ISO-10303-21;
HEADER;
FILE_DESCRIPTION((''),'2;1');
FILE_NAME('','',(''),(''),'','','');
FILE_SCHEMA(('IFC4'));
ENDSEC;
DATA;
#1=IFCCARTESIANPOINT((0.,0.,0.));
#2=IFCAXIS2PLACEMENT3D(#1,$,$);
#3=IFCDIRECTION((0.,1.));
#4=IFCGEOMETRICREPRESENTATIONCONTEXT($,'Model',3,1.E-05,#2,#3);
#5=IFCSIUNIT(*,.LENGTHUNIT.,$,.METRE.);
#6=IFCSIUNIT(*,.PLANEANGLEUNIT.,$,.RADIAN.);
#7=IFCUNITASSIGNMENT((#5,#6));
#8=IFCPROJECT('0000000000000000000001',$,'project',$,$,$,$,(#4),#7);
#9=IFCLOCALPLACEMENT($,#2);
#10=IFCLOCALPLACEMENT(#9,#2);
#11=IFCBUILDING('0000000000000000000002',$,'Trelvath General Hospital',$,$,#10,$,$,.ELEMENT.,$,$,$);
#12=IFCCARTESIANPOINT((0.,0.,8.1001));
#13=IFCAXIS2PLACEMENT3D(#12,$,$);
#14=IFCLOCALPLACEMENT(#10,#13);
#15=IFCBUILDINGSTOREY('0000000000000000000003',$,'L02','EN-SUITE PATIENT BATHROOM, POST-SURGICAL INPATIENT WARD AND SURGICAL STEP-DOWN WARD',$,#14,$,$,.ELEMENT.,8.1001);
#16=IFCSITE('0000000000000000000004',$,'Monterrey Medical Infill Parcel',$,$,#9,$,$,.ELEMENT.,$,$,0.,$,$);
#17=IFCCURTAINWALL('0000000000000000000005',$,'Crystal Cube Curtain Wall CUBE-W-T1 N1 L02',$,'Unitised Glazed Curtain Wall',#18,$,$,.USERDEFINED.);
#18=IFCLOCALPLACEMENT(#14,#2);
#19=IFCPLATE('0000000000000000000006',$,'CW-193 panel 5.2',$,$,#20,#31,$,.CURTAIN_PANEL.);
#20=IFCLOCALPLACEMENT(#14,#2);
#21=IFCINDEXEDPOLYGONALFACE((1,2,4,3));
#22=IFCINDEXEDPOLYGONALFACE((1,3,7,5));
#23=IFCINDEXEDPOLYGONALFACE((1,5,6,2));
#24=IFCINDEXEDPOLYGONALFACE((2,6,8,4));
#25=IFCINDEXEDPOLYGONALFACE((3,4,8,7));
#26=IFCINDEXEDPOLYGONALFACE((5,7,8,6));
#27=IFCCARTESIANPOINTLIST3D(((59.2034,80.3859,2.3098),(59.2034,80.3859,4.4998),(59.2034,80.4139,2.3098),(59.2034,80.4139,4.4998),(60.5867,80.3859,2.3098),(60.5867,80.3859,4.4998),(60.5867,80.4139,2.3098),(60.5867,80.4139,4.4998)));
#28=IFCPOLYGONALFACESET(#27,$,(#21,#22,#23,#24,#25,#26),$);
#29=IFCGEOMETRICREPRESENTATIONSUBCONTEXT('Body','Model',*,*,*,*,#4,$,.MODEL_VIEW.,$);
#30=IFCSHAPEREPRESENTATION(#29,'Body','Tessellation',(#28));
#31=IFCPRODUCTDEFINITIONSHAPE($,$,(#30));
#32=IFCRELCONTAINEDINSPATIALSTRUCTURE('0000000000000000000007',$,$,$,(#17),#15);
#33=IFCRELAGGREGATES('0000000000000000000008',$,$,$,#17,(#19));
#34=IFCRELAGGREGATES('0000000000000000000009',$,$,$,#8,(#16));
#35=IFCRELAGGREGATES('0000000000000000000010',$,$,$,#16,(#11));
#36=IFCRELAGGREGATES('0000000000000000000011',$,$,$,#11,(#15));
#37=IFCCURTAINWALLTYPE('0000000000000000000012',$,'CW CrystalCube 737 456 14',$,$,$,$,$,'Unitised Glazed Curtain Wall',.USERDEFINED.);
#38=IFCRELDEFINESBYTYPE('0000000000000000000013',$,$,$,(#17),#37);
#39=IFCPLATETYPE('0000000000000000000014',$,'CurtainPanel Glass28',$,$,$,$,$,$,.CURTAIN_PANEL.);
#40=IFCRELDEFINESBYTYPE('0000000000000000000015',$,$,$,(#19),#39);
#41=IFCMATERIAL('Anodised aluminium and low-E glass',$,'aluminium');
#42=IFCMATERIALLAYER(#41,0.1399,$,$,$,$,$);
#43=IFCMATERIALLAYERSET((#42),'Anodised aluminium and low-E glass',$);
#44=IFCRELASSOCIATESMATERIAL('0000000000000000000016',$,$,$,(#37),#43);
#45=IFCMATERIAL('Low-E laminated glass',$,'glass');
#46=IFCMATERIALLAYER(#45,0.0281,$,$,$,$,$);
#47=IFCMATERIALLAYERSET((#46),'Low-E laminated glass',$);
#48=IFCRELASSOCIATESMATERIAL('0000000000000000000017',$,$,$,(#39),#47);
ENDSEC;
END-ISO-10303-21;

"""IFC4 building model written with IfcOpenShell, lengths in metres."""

from ifc_helpers import new_model, si_unit, direction, frame, origin, origin_2d, place, context, subcontext, project, spatial, rectangle, extrude, material, layer, layer_set, type_object, element, aggregate, save


model = new_model("IFC4")

# Units and contexts
model_context = context("Model", 3, precision=1e-05, world=origin(), true_north=direction((0.0, 1.0)))
body_context = subcontext(model_context, "Body", "Model", "MODEL_VIEW")
ifc_project = project(units=[si_unit("LENGTHUNIT", "METRE"), si_unit("PLANEANGLEUNIT", "RADIAN")], contexts=[model_context])

# Site, building, storey
site_placement = place(None, origin())
site = spatial("IfcSite", under=ifc_project, at=site_placement, Name="Monterrey Medical Infill Parcel", CompositionType="ELEMENT", RefElevation=0.0)
building_placement = place(site_placement, origin())
building = spatial("IfcBuilding", under=site, at=building_placement, Name="Trelvath General Hospital", CompositionType="ELEMENT")
storey_placement = place(building_placement, frame((0.0, 0.0, 8.1001)))
storey = spatial("IfcBuildingStorey", under=building, at=storey_placement, Name="L02", Description="EN-SUITE PATIENT BATHROOM, POST-SURGICAL INPATIENT WARD AND SURGICAL STEP-DOWN WARD", CompositionType="ELEMENT", Elevation=8.1001)

# Curtain wall
ifc_material_1 = material(Name="Anodised aluminium and low-E glass", Category="aluminium")
ifc_layer_1 = layer(ifc_material_1, 0.1399)
ifc_layer_set_1 = layer_set([ifc_layer_1], Name="Anodised aluminium and low-E glass")
curtain_wall_type_1 = type_object("IfcCurtainWallType", Name="CW CrystalCube 737 456 14", ElementType="Unitised Glazed Curtain Wall", PredefinedType="USERDEFINED", material=ifc_layer_set_1)
curtain_wall_1_placement = place(storey_placement, origin())
curtain_wall_1 = element("IfcCurtainWall", 1, at=curtain_wall_1_placement, inside=storey, type_object=curtain_wall_type_1, Name="Crystal Cube Curtain Wall CUBE-W-T1 N1 L02", ObjectType="Unitised Glazed Curtain Wall", PredefinedType="USERDEFINED")

# Plate
ifc_material_2 = material(Name="Low-E laminated glass", Category="glass")
ifc_layer_2 = layer(ifc_material_2, 0.0281)
ifc_layer_set_2 = layer_set([ifc_layer_2], Name="Low-E laminated glass")
plate_type = type_object("IfcPlateType", Name="CurtainPanel Glass28", PredefinedType="CURTAIN_PANEL", material=ifc_layer_set_2)
plate_1_placement = place(storey_placement, frame((59.895, 80.3999, 2.3098), z_axis=(0.0, 0.0, 1.0), x_axis=(1.0, 0.0, 0.0)))
plate_1 = element("IfcPlate", 2, at=plate_1_placement, type_object=plate_type, Name="CW-193 panel 5.2", PredefinedType="CURTAIN_PANEL", context=body_context, shape_type="SweptSolid", body=[
    extrude(rectangle(XDim=1.3833, YDim=0.0281, at=origin_2d()), origin(), (0.0, 0.0, 1.0), 2.1899),
])
aggregate(curtain_wall_1, [plate_1])

save(model, "model.ifc")
